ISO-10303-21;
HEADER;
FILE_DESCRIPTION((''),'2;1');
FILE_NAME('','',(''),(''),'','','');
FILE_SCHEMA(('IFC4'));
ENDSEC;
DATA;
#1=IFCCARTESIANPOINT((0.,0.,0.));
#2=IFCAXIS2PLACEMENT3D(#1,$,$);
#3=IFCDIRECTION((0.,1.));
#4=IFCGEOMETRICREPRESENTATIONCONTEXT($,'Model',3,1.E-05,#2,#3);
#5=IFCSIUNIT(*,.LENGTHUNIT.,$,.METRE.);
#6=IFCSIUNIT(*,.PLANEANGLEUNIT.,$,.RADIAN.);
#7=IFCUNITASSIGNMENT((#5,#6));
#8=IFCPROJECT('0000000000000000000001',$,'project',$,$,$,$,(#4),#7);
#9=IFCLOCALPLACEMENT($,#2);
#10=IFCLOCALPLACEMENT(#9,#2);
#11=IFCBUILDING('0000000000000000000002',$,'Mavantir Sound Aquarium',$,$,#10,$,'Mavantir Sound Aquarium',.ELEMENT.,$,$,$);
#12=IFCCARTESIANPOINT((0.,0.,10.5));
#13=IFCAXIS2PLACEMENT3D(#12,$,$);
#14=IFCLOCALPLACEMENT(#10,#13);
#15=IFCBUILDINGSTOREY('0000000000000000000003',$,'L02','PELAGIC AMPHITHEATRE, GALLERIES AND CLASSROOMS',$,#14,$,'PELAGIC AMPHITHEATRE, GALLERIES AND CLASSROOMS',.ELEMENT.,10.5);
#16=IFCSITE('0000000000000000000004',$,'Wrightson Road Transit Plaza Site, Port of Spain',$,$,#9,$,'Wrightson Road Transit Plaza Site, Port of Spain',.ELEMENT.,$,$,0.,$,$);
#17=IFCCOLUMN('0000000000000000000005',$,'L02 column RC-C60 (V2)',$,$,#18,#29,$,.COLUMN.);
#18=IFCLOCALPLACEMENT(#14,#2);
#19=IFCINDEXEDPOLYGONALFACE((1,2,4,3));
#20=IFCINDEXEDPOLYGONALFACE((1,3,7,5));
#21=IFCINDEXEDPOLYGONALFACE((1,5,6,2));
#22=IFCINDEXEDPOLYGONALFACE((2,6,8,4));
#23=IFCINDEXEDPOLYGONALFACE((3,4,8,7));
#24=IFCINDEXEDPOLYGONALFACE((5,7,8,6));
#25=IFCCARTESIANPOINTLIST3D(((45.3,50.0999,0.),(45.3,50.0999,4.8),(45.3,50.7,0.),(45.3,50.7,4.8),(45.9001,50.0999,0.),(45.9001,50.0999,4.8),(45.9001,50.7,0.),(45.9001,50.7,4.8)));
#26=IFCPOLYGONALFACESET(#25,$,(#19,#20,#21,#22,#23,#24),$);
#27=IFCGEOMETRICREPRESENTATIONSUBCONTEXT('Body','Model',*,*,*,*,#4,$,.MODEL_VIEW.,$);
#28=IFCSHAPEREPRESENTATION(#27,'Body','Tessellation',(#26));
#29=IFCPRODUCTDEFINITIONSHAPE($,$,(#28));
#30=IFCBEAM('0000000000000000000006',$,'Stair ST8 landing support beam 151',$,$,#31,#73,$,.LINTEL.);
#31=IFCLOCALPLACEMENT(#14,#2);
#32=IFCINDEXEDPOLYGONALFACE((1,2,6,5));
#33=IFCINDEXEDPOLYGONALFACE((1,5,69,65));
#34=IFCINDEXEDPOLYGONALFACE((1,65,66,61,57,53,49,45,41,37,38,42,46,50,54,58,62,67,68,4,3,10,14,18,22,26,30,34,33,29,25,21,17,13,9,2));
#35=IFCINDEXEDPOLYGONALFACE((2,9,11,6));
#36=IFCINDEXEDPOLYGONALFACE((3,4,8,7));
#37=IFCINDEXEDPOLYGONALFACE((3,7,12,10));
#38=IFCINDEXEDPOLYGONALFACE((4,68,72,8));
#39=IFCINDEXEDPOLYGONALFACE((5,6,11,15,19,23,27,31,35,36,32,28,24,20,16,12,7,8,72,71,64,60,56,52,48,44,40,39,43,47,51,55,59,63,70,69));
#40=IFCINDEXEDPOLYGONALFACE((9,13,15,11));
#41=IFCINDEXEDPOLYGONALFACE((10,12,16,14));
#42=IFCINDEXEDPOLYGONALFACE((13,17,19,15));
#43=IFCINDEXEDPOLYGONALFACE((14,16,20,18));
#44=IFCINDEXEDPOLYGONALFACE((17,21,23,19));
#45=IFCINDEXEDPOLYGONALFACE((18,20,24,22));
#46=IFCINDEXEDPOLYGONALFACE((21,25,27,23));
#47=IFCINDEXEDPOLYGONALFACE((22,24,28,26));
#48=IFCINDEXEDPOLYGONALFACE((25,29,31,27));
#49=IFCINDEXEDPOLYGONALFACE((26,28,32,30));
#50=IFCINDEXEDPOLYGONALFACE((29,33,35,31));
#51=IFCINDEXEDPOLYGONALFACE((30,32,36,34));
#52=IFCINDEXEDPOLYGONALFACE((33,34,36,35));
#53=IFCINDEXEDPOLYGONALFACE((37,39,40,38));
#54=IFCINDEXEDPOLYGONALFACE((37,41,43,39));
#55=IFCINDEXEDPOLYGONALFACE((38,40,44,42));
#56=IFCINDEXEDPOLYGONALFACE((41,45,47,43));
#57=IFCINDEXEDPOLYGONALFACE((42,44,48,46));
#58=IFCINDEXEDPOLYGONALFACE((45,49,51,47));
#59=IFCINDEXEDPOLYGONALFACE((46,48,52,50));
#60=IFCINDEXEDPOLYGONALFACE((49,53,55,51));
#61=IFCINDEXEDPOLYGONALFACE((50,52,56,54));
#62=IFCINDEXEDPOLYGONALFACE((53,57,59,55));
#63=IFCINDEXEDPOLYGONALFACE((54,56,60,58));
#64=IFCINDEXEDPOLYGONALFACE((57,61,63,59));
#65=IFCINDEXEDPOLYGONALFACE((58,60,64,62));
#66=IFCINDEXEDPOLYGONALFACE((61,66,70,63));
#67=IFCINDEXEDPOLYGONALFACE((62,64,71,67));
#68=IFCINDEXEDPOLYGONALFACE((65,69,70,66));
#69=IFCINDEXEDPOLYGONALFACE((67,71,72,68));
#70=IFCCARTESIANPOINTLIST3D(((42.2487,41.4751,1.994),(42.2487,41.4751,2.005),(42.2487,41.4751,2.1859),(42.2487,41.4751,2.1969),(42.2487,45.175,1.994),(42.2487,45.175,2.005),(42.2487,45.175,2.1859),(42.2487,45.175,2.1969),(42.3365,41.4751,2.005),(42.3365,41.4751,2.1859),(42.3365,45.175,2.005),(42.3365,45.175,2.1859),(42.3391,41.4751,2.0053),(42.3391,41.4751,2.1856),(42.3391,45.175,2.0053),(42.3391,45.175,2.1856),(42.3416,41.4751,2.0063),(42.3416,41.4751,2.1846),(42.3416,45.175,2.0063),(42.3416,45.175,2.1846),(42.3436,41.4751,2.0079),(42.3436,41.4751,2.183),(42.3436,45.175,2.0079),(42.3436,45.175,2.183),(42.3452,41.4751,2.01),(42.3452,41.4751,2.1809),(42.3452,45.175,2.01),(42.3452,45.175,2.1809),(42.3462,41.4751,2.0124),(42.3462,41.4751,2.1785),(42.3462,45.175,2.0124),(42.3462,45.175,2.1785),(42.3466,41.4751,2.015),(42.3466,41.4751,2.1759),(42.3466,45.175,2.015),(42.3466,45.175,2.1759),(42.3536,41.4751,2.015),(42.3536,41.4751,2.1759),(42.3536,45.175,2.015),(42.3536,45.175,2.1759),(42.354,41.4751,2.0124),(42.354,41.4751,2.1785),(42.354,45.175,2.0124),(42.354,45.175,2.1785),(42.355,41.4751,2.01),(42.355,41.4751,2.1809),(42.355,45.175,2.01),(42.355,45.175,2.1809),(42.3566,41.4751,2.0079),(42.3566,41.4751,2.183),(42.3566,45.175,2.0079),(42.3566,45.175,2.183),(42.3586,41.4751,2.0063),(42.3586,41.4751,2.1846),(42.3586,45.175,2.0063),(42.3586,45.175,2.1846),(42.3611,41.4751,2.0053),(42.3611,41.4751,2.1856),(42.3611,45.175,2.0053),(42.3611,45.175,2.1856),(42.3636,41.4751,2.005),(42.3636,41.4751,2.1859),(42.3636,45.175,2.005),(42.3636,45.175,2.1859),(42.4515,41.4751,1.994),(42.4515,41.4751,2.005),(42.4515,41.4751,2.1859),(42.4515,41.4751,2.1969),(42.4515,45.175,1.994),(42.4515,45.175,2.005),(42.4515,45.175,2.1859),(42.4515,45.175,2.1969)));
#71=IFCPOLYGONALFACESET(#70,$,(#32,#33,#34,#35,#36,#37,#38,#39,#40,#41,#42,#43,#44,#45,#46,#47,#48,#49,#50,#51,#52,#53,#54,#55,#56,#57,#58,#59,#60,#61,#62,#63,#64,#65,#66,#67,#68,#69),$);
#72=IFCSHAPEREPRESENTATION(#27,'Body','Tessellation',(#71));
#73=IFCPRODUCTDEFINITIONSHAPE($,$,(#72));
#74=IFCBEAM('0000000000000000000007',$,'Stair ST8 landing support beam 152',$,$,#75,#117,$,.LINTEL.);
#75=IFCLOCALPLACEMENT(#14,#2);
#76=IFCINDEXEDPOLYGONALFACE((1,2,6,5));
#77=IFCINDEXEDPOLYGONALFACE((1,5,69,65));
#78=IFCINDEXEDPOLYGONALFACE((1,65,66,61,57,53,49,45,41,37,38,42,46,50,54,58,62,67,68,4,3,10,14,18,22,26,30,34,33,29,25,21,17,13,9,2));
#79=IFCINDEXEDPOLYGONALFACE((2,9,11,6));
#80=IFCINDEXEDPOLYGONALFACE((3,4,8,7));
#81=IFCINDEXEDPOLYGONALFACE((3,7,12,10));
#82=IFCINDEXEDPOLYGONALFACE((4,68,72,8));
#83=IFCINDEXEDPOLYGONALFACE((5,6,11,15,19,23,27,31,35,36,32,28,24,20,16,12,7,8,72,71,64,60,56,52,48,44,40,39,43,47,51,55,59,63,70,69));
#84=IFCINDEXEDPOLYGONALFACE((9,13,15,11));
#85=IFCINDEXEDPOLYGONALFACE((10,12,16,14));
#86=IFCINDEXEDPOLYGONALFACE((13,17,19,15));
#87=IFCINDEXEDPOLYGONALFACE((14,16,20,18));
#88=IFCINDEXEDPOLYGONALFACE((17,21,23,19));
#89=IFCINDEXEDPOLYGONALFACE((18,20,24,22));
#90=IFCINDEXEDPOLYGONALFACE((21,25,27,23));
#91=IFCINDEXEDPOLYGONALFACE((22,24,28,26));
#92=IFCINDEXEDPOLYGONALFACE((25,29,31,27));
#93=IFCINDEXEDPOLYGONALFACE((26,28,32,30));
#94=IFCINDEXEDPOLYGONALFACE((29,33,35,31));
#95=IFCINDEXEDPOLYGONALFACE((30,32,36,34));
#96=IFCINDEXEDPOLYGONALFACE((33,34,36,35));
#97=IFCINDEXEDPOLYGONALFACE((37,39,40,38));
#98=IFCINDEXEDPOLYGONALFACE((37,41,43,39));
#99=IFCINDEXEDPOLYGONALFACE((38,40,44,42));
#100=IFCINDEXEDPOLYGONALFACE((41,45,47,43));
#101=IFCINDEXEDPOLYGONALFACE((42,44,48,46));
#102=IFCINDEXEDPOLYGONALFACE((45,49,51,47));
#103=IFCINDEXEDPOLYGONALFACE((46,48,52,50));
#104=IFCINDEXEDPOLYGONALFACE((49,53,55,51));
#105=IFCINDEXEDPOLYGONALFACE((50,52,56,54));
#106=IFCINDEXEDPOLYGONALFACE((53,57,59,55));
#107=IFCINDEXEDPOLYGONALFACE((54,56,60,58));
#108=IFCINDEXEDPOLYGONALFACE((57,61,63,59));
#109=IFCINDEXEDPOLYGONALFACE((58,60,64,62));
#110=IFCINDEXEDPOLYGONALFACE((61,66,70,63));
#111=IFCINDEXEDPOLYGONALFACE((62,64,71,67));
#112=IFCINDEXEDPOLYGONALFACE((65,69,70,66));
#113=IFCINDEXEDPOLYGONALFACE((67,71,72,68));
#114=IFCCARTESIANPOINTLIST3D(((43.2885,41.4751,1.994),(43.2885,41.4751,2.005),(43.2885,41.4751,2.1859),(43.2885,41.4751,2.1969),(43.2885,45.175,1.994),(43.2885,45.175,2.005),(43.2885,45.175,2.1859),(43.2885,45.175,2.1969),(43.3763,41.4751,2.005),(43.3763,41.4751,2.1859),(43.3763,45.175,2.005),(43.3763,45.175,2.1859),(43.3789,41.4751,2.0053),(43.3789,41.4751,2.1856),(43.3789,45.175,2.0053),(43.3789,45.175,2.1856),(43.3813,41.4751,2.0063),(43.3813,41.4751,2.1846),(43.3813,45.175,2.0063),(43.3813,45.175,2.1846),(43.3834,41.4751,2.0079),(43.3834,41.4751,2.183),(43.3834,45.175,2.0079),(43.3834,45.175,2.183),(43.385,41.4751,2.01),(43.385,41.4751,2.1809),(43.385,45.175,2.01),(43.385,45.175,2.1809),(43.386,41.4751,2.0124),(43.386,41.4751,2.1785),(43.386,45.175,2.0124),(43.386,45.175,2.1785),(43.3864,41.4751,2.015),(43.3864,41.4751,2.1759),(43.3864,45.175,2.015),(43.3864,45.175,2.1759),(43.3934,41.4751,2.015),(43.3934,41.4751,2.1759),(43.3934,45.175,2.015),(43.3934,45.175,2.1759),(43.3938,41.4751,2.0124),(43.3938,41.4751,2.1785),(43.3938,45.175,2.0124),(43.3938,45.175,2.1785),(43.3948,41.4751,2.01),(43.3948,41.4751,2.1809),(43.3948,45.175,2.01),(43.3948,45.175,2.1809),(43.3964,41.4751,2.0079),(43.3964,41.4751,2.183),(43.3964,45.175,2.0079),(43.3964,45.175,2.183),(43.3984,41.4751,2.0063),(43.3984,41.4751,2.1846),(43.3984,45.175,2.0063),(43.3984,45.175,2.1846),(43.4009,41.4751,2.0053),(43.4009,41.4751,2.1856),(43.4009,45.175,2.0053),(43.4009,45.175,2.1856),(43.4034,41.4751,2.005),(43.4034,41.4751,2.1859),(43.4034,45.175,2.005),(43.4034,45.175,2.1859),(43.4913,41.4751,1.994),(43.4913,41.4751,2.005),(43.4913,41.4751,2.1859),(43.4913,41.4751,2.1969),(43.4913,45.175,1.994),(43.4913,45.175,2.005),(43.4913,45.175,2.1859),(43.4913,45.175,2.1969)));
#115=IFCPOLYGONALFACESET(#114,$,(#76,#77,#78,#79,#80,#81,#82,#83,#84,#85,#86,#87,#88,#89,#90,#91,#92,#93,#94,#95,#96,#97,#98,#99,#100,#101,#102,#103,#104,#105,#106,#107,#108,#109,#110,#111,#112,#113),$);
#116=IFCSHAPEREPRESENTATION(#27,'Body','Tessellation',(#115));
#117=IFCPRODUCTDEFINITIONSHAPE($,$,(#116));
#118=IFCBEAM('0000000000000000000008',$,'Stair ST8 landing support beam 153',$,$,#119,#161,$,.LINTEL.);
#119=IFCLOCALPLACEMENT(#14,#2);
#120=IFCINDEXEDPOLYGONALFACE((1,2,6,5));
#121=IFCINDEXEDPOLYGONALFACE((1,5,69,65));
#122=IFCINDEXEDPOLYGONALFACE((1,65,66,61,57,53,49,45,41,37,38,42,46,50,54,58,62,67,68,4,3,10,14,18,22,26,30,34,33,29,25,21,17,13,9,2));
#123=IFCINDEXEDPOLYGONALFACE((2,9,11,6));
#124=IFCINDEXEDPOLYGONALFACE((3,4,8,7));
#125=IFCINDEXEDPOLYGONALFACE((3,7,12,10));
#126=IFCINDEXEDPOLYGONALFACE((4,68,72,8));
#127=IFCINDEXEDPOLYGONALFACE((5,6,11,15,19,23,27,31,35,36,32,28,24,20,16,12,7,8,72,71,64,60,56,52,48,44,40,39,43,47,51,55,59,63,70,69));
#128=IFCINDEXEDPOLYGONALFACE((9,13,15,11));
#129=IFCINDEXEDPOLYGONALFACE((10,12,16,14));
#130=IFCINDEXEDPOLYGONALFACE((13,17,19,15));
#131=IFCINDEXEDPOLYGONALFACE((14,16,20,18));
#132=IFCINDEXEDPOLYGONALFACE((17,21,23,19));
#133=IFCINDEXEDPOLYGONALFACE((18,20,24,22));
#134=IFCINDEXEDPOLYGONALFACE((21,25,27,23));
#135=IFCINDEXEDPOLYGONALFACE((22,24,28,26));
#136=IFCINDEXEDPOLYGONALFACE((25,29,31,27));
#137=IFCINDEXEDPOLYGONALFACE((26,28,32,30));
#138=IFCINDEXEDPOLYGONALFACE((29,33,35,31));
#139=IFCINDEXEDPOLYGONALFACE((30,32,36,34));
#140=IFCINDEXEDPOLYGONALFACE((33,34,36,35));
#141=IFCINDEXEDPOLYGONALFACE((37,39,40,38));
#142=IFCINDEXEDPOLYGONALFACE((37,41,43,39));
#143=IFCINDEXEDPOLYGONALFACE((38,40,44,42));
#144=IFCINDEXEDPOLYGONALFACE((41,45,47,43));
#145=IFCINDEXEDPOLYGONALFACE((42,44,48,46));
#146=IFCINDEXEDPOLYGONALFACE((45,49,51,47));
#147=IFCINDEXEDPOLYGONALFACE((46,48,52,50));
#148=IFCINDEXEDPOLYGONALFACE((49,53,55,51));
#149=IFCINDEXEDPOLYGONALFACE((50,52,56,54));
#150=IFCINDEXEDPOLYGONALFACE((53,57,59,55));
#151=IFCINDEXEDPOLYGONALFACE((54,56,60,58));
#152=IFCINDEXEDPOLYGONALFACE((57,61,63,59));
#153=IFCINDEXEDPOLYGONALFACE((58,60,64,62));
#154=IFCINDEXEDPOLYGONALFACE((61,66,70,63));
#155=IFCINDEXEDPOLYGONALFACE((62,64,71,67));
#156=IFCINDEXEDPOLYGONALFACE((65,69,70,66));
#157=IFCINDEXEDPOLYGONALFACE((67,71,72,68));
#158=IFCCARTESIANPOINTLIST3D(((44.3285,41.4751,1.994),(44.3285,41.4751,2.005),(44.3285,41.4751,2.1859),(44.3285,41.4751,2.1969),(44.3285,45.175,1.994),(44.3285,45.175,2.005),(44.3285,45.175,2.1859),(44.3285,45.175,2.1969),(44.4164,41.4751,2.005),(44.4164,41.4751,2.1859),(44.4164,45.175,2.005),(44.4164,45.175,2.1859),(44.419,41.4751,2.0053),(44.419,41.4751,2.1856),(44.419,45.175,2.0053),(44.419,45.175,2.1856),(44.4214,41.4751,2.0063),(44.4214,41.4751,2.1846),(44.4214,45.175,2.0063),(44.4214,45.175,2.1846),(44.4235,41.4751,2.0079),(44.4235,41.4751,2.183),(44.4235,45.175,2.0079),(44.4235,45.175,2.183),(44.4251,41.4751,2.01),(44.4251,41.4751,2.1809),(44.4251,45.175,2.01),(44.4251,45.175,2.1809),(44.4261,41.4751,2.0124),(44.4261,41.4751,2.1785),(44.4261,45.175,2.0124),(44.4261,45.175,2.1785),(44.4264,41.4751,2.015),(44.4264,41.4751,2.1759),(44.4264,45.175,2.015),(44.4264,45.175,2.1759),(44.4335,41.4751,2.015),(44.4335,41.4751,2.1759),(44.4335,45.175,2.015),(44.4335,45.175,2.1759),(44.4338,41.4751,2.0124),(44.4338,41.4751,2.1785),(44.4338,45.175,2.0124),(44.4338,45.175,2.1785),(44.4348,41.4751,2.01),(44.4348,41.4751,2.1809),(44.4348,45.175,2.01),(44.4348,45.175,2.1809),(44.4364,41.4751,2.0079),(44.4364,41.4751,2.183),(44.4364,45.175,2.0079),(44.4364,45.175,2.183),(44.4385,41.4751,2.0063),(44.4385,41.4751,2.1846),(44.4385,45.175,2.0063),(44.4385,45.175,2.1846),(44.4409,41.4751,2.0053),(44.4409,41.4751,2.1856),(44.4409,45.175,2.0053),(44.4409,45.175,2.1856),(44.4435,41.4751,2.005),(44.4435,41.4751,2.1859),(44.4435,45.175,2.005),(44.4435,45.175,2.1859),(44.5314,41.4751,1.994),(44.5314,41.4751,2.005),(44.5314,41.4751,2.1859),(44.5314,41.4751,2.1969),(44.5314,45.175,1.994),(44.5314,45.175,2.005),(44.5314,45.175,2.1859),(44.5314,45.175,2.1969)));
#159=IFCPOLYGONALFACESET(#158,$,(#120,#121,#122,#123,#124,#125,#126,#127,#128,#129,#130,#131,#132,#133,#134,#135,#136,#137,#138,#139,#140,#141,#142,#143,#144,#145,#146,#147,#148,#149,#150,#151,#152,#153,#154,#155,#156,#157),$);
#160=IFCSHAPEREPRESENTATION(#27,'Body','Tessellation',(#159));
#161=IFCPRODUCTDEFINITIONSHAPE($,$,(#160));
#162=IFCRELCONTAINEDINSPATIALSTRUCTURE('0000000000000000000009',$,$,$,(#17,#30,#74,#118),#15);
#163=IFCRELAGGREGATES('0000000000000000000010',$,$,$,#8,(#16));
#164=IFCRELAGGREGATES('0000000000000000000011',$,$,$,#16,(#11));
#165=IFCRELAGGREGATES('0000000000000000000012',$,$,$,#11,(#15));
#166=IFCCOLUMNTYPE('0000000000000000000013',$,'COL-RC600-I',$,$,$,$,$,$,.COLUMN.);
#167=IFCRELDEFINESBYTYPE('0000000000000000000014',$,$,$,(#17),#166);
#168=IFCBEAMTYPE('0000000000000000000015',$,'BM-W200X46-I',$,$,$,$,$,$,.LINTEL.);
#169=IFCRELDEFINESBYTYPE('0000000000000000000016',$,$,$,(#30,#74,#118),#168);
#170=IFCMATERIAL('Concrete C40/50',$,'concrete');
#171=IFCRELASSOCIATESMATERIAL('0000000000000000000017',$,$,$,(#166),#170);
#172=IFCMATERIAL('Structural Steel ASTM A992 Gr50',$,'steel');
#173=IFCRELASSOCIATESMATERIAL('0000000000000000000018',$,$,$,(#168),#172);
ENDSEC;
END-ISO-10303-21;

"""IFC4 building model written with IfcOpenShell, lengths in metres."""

from ifc_helpers import new_model, si_unit, direction, frame, origin, origin_2d, place, context, subcontext, project, spatial, rectangle, i_section, extrude, material, material_profile, profile_set, type_object, element, save


model = new_model("IFC4")

# Units and contexts
model_context = context("Model", 3, precision=1e-05, world=origin(), true_north=direction((0.0, 1.0)))
body_context = subcontext(model_context, "Body", "Model", "MODEL_VIEW")
ifc_project = project(units=[si_unit("LENGTHUNIT", "METRE"), si_unit("PLANEANGLEUNIT", "RADIAN")], contexts=[model_context])

# Site, building, storey
site_placement = place(None, origin())
site = spatial("IfcSite", under=ifc_project, at=site_placement, Name="Wrightson Road Transit Plaza Site, Port of Spain", LongName="Wrightson Road Transit Plaza Site, Port of Spain", CompositionType="ELEMENT", RefElevation=0.0)
building_placement = place(site_placement, origin())
building = spatial("IfcBuilding", under=site, at=building_placement, Name="Mavantir Sound Aquarium", LongName="Mavantir Sound Aquarium", CompositionType="ELEMENT")
storey_placement = place(building_placement, frame((0.0, 0.0, 10.5)))
storey = spatial("IfcBuildingStorey", under=building, at=storey_placement, Name="L02", Description="PELAGIC AMPHITHEATRE, GALLERIES AND CLASSROOMS", LongName="PELAGIC AMPHITHEATRE, GALLERIES AND CLASSROOMS", CompositionType="ELEMENT", Elevation=10.5)

# Column
ifc_material_1 = material(Name="Concrete C40/50", Category="concrete")
ifc_material_profile_1 = material_profile(ifc_material_1, rectangle(XDim=0.6001, YDim=0.6001, at=origin_2d()), Name="RC 600X600")
ifc_profile_set_1 = profile_set([ifc_material_profile_1], Name="Concrete C40/50")
column_type = type_object("IfcColumnType", Name="COL-RC600-I", PredefinedType="COLUMN", material=ifc_profile_set_1)
column_placement = place(storey_placement, frame((45.6001, 50.3999, 0.0), z_axis=(0.0, 0.0, 1.0), x_axis=(1.0, 0.0, 0.0)))
element("IfcColumn", 1, at=column_placement, inside=storey, type_object=column_type, Name="L02 column RC-C60 (V2)", PredefinedType="COLUMN", context=body_context, shape_type="SweptSolid", body=[
    extrude(rectangle(XDim=0.6001, YDim=0.6001, at=origin_2d()), origin(), (0.0, 0.0, 1.0), 4.8),
])

# Beams
ifc_material_2 = material(Name="Structural Steel ASTM A992 Gr50", Category="steel")
ifc_material_profile_2 = material_profile(ifc_material_2, i_section(OverallWidth=0.2029, OverallDepth=0.2029, WebThickness=0.0071, FlangeThickness=0.011, FilletRadius=0.01, at=origin_2d()), Name="W200X46")
ifc_profile_set_2 = profile_set([ifc_material_profile_2], Name="Structural Steel ASTM A992 Gr50")
beam_type_1 = type_object("IfcBeamType", Name="BM-W200X46-I", PredefinedType="LINTEL", material=ifc_profile_set_2)
for number, where, z_axis, x_axis, name in (
    (2, (42.3501, 41.4751, 2.0955), (0.0, 1.0, 0.0), (-1.0, 0.0, 0.0), "Stair ST8 landing support beam 151"),
    (3, (43.3899, 41.4751, 2.0955), (0.0, 1.0, 0.0), (-1.0, 0.0, 0.0), "Stair ST8 landing support beam 152"),
    (4, (44.4299, 41.4751, 2.0955), (0.0, 1.0, 0.0), (-1.0, 0.0, 0.0), "Stair ST8 landing support beam 153"),
):
    element("IfcBeam", number, at=place(storey_placement, frame(where, z_axis=z_axis, x_axis=x_axis)), inside=storey, type_object=beam_type_1, Name=name, PredefinedType="LINTEL", context=body_context, shape_type="SweptSolid", body=[
        extrude(i_section(OverallWidth=0.2029, OverallDepth=0.2029, WebThickness=0.0071, FlangeThickness=0.011, FilletRadius=0.01, at=origin_2d()), origin(), (0.0, 0.0, 1.0), 3.7),
    ])

save(model, "model.ifc")
